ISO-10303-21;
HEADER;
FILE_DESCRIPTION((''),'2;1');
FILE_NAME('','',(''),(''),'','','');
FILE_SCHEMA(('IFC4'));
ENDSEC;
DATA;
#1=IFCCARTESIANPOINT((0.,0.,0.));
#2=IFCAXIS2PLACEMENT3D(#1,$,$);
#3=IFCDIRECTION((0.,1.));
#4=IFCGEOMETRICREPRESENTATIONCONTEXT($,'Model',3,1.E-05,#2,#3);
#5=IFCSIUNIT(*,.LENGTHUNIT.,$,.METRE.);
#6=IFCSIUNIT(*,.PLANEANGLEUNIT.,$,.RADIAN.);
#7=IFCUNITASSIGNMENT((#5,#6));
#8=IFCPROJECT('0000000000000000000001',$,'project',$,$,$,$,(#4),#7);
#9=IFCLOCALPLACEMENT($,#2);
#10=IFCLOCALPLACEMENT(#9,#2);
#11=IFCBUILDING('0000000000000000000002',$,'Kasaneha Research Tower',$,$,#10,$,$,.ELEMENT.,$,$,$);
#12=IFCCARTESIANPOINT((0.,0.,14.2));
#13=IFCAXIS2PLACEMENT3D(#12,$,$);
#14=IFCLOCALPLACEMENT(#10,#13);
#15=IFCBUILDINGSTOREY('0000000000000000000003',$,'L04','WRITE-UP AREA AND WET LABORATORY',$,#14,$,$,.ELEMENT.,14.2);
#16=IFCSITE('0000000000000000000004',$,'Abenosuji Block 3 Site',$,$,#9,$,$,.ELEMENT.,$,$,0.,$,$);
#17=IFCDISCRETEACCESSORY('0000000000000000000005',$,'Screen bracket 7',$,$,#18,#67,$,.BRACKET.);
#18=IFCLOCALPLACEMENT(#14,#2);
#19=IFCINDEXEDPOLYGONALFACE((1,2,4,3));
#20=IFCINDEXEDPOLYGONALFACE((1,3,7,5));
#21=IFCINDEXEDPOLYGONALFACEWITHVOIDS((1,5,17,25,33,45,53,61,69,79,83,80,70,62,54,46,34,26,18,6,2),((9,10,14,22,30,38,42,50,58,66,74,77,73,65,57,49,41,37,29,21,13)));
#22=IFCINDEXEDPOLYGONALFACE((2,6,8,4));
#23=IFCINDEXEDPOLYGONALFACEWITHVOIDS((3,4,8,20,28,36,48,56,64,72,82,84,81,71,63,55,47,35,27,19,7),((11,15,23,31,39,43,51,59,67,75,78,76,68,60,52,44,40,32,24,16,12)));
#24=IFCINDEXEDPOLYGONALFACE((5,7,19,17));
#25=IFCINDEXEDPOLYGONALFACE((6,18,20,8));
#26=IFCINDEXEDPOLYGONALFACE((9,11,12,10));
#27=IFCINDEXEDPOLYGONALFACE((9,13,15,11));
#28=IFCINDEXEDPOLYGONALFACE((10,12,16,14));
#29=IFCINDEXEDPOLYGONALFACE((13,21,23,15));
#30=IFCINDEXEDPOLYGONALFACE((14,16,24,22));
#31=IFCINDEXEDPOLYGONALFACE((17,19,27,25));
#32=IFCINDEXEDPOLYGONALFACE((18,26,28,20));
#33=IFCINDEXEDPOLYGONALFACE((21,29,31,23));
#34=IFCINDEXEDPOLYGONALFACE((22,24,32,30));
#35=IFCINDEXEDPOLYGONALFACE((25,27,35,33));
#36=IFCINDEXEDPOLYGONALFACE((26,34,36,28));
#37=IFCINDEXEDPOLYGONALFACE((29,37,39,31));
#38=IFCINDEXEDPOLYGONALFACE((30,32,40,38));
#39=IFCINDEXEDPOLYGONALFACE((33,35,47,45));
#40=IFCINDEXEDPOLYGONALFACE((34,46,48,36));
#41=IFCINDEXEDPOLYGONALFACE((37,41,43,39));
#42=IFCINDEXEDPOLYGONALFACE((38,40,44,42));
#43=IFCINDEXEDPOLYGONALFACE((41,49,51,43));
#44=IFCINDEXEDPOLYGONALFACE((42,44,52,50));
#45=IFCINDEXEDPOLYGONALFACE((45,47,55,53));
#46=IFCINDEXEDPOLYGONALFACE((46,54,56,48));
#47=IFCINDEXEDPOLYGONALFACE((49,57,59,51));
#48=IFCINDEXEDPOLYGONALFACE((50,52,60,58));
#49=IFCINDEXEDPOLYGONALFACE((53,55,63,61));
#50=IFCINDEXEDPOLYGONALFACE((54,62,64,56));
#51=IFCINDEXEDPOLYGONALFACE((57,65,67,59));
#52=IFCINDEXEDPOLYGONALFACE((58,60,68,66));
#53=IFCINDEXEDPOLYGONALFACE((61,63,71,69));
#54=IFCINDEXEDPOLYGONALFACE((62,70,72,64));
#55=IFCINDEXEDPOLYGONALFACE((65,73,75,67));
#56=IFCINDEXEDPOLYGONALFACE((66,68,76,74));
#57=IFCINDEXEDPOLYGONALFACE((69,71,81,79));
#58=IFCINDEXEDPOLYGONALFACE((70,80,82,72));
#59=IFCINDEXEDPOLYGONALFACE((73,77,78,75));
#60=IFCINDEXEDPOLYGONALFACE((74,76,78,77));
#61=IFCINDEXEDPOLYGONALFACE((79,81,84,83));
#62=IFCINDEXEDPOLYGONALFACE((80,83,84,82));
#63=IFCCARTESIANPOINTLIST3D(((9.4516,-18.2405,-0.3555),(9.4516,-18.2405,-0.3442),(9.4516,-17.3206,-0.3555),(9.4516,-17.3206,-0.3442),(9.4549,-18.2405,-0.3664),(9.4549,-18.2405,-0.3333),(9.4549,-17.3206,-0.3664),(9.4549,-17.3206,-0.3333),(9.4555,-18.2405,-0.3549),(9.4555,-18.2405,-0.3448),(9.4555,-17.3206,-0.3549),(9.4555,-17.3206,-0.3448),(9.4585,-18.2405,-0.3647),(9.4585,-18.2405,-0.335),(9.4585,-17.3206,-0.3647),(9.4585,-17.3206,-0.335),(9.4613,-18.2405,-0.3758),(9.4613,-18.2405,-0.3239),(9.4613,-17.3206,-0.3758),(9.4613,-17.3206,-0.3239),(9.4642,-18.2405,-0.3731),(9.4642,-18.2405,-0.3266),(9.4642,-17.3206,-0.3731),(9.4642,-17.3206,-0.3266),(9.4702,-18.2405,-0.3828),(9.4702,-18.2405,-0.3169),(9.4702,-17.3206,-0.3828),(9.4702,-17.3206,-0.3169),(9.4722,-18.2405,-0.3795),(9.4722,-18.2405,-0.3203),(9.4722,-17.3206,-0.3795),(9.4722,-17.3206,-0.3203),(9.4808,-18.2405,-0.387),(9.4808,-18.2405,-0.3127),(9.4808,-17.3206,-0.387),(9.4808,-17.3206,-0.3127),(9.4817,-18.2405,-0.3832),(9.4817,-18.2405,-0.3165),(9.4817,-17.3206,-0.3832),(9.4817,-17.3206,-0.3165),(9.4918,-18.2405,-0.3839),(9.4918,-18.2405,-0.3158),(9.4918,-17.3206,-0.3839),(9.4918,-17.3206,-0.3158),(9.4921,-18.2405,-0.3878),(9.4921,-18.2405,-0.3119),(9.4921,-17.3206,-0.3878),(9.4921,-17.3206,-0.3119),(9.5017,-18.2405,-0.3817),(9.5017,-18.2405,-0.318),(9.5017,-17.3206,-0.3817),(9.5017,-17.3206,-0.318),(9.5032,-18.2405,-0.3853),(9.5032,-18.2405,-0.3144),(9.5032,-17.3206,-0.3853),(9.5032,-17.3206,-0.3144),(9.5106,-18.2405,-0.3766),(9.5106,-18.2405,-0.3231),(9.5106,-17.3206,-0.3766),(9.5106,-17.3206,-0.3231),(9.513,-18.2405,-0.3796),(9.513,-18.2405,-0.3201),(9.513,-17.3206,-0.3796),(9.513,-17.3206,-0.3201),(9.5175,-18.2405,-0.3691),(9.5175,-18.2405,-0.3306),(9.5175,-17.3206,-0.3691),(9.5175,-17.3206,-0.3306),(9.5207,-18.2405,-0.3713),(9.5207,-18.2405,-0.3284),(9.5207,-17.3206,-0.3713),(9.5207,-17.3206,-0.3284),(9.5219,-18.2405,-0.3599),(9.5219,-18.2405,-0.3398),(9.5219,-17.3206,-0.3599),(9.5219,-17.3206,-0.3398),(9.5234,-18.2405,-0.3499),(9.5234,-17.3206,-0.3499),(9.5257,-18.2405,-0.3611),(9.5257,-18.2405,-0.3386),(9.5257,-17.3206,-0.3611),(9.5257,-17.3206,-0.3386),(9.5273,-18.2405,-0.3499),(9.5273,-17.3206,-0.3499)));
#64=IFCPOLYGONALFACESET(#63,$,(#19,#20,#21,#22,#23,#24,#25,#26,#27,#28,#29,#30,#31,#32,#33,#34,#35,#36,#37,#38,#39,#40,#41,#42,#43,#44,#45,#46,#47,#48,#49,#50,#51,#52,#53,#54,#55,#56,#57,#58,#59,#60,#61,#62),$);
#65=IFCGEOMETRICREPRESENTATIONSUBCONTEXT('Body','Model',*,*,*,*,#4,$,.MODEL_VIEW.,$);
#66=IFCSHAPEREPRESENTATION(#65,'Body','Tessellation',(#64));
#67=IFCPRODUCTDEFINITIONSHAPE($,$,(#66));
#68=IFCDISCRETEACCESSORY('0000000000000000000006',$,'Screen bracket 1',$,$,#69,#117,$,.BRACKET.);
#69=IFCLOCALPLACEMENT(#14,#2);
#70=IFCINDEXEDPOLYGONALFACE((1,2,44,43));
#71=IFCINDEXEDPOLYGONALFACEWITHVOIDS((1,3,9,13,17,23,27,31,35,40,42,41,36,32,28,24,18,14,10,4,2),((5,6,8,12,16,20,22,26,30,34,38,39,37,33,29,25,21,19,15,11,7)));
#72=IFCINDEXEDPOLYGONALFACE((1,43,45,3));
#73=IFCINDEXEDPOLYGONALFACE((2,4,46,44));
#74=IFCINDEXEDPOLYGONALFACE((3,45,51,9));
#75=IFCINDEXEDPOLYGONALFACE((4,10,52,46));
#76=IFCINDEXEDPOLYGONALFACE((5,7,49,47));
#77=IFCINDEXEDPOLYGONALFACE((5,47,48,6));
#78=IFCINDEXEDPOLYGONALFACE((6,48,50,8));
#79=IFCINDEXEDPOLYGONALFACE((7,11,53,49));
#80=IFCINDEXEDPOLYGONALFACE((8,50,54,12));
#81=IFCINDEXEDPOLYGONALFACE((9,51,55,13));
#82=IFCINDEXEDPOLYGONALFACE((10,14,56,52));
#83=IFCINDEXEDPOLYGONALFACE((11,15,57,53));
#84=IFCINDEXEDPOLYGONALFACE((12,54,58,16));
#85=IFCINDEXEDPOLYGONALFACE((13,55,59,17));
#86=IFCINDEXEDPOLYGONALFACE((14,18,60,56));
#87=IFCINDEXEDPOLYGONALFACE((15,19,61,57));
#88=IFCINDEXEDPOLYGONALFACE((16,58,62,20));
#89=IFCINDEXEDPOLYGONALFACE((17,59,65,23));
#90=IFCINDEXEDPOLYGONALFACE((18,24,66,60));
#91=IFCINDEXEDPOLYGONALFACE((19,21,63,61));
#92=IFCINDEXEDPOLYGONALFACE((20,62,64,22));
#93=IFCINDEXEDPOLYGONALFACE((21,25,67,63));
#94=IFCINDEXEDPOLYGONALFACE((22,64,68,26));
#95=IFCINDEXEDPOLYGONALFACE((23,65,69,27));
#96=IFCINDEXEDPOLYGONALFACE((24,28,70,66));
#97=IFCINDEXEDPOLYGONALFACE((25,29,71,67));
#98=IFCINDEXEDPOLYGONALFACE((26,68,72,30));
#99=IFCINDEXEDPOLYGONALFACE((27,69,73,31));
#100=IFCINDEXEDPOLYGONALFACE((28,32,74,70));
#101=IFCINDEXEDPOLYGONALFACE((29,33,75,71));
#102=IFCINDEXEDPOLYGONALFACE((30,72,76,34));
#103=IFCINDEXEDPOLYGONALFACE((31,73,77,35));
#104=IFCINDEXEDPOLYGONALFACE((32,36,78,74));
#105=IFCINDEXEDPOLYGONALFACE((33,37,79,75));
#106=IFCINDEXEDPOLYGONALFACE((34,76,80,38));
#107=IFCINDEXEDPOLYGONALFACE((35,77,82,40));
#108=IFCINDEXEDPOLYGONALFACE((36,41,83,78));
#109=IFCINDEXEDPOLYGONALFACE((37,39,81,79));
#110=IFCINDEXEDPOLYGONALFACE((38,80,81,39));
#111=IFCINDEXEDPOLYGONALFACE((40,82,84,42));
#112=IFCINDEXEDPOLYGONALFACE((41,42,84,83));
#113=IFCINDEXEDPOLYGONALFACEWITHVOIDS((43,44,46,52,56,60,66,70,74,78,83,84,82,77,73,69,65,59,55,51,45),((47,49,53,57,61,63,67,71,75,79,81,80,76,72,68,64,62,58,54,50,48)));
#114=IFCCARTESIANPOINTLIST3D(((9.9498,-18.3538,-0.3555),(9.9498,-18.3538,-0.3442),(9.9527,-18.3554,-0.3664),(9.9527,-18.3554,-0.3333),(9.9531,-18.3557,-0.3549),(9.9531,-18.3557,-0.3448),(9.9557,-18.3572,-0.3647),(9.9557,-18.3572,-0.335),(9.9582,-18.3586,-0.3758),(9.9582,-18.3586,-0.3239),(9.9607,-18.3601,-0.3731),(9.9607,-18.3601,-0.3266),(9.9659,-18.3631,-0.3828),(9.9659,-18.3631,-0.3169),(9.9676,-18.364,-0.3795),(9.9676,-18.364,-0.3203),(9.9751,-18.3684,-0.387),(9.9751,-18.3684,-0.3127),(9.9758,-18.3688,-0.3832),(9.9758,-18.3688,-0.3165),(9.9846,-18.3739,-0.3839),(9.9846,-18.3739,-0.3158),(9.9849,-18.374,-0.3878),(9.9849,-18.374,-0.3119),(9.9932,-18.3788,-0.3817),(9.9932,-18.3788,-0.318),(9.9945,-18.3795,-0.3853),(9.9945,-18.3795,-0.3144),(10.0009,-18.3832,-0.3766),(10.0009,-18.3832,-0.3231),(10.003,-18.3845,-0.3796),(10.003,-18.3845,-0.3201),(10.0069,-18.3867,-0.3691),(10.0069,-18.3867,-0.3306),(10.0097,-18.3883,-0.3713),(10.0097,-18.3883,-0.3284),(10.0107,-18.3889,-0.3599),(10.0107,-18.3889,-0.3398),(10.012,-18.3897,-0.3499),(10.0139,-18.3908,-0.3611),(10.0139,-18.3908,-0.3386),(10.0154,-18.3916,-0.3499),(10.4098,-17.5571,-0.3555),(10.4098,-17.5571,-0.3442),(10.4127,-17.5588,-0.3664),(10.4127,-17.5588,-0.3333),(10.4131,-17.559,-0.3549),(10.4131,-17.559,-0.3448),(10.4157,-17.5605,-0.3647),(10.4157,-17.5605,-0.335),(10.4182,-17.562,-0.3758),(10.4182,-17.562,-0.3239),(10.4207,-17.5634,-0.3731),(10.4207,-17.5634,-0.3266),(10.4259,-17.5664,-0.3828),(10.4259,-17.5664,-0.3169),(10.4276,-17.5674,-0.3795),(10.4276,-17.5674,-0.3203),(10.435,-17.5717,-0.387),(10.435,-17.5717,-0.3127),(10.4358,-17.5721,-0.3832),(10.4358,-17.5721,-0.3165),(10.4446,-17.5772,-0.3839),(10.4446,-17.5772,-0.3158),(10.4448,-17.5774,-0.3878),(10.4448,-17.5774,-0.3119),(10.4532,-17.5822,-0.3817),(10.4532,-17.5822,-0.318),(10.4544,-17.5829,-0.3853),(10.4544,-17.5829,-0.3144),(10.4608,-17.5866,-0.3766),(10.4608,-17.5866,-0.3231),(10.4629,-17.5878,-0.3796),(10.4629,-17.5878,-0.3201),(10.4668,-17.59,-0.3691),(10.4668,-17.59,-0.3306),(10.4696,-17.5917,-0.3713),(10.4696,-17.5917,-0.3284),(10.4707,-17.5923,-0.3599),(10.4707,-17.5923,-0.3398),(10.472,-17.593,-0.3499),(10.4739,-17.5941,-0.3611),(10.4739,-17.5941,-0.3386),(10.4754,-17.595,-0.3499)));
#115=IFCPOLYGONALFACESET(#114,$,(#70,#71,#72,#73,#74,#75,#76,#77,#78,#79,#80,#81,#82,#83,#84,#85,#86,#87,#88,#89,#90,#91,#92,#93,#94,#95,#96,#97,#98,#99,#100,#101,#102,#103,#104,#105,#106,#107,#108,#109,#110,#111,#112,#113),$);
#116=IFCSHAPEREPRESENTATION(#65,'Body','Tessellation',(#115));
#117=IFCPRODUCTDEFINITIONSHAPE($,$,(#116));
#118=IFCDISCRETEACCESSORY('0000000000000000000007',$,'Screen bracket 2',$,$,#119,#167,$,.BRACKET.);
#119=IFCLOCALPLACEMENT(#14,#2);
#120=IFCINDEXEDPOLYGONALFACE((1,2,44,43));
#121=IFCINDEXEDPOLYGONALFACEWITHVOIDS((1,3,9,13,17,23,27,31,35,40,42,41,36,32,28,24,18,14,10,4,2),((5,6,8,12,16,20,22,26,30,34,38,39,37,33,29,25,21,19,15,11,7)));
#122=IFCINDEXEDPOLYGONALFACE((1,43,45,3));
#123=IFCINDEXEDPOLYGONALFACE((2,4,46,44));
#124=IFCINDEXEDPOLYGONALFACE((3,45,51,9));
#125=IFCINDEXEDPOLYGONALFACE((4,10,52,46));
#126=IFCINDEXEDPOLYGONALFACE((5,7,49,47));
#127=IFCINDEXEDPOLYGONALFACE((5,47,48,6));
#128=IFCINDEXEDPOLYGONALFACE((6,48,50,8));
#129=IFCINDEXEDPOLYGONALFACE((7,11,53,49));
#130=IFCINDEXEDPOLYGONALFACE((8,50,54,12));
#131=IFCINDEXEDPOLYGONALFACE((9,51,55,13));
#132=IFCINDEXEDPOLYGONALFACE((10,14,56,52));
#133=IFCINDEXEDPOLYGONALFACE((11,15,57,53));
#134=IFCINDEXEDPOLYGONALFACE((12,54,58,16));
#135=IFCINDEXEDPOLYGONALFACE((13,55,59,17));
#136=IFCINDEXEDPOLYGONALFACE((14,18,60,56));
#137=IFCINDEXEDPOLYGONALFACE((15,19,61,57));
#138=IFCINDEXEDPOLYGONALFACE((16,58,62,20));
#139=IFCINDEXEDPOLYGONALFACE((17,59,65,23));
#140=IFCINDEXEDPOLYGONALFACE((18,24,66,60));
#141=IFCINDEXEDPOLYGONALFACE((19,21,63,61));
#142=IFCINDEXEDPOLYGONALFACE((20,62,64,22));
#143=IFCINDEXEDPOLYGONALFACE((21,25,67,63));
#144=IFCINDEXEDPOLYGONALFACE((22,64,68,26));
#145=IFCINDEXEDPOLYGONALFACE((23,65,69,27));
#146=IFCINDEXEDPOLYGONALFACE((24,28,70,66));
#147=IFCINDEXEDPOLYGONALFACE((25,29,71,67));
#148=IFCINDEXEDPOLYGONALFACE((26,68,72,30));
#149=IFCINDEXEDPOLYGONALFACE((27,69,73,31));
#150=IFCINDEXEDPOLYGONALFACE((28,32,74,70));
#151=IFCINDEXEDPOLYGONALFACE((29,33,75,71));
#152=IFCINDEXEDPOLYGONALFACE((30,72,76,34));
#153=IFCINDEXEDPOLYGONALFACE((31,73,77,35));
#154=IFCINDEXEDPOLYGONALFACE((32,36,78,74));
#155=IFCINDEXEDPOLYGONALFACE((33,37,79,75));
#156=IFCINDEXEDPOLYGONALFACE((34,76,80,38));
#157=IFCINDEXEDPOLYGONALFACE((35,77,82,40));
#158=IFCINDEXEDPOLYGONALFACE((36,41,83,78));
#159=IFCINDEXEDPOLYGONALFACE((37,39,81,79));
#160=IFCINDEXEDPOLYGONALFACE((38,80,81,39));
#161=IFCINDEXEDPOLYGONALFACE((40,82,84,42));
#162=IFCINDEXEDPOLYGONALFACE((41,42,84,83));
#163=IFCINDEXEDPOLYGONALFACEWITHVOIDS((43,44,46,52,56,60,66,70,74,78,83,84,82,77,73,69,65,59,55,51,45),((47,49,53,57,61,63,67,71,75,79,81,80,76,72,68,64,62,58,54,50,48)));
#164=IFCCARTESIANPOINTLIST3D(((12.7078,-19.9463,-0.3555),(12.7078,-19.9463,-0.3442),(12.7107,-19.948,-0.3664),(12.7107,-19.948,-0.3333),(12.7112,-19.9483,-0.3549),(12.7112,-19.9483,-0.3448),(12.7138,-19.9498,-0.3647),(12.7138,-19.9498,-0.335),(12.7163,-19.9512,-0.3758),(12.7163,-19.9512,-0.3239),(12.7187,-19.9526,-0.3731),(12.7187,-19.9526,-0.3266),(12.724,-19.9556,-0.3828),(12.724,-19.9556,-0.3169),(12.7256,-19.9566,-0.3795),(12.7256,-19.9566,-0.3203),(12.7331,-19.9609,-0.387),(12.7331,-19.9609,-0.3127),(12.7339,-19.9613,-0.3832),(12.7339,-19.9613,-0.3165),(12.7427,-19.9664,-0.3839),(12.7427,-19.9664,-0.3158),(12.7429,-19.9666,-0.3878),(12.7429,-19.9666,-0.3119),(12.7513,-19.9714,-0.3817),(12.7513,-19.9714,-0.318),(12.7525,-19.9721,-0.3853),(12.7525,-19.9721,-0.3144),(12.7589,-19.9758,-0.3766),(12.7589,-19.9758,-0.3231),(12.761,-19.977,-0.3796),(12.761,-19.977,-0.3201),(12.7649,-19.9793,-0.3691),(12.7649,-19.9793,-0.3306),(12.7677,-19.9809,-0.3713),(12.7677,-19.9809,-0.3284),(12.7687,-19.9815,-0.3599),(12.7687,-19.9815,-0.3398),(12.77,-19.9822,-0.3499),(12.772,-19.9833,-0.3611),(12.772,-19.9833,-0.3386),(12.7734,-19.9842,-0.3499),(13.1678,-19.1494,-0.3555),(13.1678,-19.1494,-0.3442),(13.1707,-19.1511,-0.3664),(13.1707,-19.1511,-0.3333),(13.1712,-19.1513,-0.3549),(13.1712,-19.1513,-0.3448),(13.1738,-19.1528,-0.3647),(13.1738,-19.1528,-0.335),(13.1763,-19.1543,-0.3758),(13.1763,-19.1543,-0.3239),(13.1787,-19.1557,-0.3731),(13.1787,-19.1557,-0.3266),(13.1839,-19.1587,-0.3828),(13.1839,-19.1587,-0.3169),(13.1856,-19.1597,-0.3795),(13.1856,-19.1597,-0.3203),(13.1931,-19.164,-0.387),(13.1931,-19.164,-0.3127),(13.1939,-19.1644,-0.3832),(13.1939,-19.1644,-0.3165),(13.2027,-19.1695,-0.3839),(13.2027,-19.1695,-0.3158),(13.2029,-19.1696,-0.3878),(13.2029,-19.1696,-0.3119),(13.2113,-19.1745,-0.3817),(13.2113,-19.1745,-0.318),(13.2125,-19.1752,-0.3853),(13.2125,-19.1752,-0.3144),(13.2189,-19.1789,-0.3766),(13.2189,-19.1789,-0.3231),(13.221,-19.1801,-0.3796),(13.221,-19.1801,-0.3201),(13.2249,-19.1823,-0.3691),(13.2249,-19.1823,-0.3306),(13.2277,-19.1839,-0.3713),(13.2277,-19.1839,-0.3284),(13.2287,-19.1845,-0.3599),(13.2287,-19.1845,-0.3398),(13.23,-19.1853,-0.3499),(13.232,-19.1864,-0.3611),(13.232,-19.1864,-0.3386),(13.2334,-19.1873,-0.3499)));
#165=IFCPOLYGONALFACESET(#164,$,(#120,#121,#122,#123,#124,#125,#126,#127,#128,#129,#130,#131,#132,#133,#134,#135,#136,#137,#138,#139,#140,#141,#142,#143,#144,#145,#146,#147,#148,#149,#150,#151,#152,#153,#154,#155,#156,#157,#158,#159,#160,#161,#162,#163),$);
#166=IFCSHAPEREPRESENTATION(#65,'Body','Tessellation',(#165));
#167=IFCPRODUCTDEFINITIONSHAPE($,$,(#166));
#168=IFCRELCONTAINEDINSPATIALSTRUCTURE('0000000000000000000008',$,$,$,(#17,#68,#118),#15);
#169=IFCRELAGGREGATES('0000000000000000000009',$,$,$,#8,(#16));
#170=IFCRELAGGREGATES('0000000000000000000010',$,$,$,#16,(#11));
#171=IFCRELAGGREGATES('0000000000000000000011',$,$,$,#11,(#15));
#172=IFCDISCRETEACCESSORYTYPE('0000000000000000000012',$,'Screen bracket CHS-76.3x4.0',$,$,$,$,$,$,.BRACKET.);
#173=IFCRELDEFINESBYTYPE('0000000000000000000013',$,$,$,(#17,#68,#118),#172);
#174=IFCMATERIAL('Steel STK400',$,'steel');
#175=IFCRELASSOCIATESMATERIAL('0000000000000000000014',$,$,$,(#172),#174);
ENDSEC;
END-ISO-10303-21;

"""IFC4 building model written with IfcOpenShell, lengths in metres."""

from ifc_helpers import new_model, si_unit, direction, frame, origin, origin_2d, place, context, subcontext, project, spatial, hollow_circle, extrude, material, material_profile, profile_set, type_object, element, save


model = new_model("IFC4")

# Units and contexts
model_context = context("Model", 3, precision=1e-05, world=origin(), true_north=direction((0.0, 1.0)))
body_context = subcontext(model_context, "Body", "Model", "MODEL_VIEW")
ifc_project = project(units=[si_unit("LENGTHUNIT", "METRE"), si_unit("PLANEANGLEUNIT", "RADIAN")], contexts=[model_context])

# Site, building, storey
site_placement = place(None, origin())
site = spatial("IfcSite", under=ifc_project, at=site_placement, Name="Abenosuji Block 3 Site", CompositionType="ELEMENT", RefElevation=0.0)
building_placement = place(site_placement, origin())
building = spatial("IfcBuilding", under=site, at=building_placement, Name="Kasaneha Research Tower", CompositionType="ELEMENT")
storey_placement = place(building_placement, frame((0.0, 0.0, 14.2)))
storey = spatial("IfcBuildingStorey", under=building, at=storey_placement, Name="L04", Description="WRITE-UP AREA AND WET LABORATORY", CompositionType="ELEMENT", Elevation=14.2)

# Discrete accessories
ifc_material_1 = material(Name="Steel STK400", Category="steel")
ifc_material_profile_1 = material_profile(ifc_material_1, hollow_circle(Radius=0.0381, WallThickness=0.0039, at=origin_2d()), Name="CHS-76.3x4.0")
ifc_profile_set_1 = profile_set([ifc_material_profile_1], Name="Steel STK400")
discrete_accessory_type = type_object("IfcDiscreteAccessoryType", Name="Screen bracket CHS-76.3x4.0", PredefinedType="BRACKET", material=ifc_profile_set_1)
for number, where, z_axis, x_axis, name in (
    (1, (9.4893, -17.3206, -0.3499), (0.0, -1.0, 0.0), (1.0, 0.0, 0.0), "Screen bracket 7"),
    (2, (10.4424, -17.5759, -0.3499), (-0.500021, -0.866013, 0.0), (0.866013, -0.500021, 0.0), "Screen bracket 1"),
):
    element("IfcDiscreteAccessory", number, at=place(storey_placement, frame(where, z_axis=z_axis, x_axis=x_axis)), inside=storey, type_object=discrete_accessory_type, Name=name, PredefinedType="BRACKET", context=body_context, shape_type="SweptSolid", body=[
        extrude(hollow_circle(Radius=0.0381, WallThickness=0.0039, at=origin_2d()), origin(), (0.0, 0.0, 1.0), 0.9199),
    ])
discrete_accessory_1_placement = place(storey_placement, frame((13.2004, -19.1682, -0.3499), z_axis=(-0.499906, -0.86608, 0.0), x_axis=(0.86608, -0.499906, 0.0)))
element("IfcDiscreteAccessory", 3, at=discrete_accessory_1_placement, inside=storey, type_object=discrete_accessory_type, Name="Screen bracket 2", PredefinedType="BRACKET", context=body_context, shape_type="SweptSolid", body=[
    extrude(hollow_circle(Radius=0.0381, WallThickness=0.0039, at=origin_2d()), origin(), (0.0, 0.0, 1.0), 0.9202),
])

save(model, "model.ifc")
